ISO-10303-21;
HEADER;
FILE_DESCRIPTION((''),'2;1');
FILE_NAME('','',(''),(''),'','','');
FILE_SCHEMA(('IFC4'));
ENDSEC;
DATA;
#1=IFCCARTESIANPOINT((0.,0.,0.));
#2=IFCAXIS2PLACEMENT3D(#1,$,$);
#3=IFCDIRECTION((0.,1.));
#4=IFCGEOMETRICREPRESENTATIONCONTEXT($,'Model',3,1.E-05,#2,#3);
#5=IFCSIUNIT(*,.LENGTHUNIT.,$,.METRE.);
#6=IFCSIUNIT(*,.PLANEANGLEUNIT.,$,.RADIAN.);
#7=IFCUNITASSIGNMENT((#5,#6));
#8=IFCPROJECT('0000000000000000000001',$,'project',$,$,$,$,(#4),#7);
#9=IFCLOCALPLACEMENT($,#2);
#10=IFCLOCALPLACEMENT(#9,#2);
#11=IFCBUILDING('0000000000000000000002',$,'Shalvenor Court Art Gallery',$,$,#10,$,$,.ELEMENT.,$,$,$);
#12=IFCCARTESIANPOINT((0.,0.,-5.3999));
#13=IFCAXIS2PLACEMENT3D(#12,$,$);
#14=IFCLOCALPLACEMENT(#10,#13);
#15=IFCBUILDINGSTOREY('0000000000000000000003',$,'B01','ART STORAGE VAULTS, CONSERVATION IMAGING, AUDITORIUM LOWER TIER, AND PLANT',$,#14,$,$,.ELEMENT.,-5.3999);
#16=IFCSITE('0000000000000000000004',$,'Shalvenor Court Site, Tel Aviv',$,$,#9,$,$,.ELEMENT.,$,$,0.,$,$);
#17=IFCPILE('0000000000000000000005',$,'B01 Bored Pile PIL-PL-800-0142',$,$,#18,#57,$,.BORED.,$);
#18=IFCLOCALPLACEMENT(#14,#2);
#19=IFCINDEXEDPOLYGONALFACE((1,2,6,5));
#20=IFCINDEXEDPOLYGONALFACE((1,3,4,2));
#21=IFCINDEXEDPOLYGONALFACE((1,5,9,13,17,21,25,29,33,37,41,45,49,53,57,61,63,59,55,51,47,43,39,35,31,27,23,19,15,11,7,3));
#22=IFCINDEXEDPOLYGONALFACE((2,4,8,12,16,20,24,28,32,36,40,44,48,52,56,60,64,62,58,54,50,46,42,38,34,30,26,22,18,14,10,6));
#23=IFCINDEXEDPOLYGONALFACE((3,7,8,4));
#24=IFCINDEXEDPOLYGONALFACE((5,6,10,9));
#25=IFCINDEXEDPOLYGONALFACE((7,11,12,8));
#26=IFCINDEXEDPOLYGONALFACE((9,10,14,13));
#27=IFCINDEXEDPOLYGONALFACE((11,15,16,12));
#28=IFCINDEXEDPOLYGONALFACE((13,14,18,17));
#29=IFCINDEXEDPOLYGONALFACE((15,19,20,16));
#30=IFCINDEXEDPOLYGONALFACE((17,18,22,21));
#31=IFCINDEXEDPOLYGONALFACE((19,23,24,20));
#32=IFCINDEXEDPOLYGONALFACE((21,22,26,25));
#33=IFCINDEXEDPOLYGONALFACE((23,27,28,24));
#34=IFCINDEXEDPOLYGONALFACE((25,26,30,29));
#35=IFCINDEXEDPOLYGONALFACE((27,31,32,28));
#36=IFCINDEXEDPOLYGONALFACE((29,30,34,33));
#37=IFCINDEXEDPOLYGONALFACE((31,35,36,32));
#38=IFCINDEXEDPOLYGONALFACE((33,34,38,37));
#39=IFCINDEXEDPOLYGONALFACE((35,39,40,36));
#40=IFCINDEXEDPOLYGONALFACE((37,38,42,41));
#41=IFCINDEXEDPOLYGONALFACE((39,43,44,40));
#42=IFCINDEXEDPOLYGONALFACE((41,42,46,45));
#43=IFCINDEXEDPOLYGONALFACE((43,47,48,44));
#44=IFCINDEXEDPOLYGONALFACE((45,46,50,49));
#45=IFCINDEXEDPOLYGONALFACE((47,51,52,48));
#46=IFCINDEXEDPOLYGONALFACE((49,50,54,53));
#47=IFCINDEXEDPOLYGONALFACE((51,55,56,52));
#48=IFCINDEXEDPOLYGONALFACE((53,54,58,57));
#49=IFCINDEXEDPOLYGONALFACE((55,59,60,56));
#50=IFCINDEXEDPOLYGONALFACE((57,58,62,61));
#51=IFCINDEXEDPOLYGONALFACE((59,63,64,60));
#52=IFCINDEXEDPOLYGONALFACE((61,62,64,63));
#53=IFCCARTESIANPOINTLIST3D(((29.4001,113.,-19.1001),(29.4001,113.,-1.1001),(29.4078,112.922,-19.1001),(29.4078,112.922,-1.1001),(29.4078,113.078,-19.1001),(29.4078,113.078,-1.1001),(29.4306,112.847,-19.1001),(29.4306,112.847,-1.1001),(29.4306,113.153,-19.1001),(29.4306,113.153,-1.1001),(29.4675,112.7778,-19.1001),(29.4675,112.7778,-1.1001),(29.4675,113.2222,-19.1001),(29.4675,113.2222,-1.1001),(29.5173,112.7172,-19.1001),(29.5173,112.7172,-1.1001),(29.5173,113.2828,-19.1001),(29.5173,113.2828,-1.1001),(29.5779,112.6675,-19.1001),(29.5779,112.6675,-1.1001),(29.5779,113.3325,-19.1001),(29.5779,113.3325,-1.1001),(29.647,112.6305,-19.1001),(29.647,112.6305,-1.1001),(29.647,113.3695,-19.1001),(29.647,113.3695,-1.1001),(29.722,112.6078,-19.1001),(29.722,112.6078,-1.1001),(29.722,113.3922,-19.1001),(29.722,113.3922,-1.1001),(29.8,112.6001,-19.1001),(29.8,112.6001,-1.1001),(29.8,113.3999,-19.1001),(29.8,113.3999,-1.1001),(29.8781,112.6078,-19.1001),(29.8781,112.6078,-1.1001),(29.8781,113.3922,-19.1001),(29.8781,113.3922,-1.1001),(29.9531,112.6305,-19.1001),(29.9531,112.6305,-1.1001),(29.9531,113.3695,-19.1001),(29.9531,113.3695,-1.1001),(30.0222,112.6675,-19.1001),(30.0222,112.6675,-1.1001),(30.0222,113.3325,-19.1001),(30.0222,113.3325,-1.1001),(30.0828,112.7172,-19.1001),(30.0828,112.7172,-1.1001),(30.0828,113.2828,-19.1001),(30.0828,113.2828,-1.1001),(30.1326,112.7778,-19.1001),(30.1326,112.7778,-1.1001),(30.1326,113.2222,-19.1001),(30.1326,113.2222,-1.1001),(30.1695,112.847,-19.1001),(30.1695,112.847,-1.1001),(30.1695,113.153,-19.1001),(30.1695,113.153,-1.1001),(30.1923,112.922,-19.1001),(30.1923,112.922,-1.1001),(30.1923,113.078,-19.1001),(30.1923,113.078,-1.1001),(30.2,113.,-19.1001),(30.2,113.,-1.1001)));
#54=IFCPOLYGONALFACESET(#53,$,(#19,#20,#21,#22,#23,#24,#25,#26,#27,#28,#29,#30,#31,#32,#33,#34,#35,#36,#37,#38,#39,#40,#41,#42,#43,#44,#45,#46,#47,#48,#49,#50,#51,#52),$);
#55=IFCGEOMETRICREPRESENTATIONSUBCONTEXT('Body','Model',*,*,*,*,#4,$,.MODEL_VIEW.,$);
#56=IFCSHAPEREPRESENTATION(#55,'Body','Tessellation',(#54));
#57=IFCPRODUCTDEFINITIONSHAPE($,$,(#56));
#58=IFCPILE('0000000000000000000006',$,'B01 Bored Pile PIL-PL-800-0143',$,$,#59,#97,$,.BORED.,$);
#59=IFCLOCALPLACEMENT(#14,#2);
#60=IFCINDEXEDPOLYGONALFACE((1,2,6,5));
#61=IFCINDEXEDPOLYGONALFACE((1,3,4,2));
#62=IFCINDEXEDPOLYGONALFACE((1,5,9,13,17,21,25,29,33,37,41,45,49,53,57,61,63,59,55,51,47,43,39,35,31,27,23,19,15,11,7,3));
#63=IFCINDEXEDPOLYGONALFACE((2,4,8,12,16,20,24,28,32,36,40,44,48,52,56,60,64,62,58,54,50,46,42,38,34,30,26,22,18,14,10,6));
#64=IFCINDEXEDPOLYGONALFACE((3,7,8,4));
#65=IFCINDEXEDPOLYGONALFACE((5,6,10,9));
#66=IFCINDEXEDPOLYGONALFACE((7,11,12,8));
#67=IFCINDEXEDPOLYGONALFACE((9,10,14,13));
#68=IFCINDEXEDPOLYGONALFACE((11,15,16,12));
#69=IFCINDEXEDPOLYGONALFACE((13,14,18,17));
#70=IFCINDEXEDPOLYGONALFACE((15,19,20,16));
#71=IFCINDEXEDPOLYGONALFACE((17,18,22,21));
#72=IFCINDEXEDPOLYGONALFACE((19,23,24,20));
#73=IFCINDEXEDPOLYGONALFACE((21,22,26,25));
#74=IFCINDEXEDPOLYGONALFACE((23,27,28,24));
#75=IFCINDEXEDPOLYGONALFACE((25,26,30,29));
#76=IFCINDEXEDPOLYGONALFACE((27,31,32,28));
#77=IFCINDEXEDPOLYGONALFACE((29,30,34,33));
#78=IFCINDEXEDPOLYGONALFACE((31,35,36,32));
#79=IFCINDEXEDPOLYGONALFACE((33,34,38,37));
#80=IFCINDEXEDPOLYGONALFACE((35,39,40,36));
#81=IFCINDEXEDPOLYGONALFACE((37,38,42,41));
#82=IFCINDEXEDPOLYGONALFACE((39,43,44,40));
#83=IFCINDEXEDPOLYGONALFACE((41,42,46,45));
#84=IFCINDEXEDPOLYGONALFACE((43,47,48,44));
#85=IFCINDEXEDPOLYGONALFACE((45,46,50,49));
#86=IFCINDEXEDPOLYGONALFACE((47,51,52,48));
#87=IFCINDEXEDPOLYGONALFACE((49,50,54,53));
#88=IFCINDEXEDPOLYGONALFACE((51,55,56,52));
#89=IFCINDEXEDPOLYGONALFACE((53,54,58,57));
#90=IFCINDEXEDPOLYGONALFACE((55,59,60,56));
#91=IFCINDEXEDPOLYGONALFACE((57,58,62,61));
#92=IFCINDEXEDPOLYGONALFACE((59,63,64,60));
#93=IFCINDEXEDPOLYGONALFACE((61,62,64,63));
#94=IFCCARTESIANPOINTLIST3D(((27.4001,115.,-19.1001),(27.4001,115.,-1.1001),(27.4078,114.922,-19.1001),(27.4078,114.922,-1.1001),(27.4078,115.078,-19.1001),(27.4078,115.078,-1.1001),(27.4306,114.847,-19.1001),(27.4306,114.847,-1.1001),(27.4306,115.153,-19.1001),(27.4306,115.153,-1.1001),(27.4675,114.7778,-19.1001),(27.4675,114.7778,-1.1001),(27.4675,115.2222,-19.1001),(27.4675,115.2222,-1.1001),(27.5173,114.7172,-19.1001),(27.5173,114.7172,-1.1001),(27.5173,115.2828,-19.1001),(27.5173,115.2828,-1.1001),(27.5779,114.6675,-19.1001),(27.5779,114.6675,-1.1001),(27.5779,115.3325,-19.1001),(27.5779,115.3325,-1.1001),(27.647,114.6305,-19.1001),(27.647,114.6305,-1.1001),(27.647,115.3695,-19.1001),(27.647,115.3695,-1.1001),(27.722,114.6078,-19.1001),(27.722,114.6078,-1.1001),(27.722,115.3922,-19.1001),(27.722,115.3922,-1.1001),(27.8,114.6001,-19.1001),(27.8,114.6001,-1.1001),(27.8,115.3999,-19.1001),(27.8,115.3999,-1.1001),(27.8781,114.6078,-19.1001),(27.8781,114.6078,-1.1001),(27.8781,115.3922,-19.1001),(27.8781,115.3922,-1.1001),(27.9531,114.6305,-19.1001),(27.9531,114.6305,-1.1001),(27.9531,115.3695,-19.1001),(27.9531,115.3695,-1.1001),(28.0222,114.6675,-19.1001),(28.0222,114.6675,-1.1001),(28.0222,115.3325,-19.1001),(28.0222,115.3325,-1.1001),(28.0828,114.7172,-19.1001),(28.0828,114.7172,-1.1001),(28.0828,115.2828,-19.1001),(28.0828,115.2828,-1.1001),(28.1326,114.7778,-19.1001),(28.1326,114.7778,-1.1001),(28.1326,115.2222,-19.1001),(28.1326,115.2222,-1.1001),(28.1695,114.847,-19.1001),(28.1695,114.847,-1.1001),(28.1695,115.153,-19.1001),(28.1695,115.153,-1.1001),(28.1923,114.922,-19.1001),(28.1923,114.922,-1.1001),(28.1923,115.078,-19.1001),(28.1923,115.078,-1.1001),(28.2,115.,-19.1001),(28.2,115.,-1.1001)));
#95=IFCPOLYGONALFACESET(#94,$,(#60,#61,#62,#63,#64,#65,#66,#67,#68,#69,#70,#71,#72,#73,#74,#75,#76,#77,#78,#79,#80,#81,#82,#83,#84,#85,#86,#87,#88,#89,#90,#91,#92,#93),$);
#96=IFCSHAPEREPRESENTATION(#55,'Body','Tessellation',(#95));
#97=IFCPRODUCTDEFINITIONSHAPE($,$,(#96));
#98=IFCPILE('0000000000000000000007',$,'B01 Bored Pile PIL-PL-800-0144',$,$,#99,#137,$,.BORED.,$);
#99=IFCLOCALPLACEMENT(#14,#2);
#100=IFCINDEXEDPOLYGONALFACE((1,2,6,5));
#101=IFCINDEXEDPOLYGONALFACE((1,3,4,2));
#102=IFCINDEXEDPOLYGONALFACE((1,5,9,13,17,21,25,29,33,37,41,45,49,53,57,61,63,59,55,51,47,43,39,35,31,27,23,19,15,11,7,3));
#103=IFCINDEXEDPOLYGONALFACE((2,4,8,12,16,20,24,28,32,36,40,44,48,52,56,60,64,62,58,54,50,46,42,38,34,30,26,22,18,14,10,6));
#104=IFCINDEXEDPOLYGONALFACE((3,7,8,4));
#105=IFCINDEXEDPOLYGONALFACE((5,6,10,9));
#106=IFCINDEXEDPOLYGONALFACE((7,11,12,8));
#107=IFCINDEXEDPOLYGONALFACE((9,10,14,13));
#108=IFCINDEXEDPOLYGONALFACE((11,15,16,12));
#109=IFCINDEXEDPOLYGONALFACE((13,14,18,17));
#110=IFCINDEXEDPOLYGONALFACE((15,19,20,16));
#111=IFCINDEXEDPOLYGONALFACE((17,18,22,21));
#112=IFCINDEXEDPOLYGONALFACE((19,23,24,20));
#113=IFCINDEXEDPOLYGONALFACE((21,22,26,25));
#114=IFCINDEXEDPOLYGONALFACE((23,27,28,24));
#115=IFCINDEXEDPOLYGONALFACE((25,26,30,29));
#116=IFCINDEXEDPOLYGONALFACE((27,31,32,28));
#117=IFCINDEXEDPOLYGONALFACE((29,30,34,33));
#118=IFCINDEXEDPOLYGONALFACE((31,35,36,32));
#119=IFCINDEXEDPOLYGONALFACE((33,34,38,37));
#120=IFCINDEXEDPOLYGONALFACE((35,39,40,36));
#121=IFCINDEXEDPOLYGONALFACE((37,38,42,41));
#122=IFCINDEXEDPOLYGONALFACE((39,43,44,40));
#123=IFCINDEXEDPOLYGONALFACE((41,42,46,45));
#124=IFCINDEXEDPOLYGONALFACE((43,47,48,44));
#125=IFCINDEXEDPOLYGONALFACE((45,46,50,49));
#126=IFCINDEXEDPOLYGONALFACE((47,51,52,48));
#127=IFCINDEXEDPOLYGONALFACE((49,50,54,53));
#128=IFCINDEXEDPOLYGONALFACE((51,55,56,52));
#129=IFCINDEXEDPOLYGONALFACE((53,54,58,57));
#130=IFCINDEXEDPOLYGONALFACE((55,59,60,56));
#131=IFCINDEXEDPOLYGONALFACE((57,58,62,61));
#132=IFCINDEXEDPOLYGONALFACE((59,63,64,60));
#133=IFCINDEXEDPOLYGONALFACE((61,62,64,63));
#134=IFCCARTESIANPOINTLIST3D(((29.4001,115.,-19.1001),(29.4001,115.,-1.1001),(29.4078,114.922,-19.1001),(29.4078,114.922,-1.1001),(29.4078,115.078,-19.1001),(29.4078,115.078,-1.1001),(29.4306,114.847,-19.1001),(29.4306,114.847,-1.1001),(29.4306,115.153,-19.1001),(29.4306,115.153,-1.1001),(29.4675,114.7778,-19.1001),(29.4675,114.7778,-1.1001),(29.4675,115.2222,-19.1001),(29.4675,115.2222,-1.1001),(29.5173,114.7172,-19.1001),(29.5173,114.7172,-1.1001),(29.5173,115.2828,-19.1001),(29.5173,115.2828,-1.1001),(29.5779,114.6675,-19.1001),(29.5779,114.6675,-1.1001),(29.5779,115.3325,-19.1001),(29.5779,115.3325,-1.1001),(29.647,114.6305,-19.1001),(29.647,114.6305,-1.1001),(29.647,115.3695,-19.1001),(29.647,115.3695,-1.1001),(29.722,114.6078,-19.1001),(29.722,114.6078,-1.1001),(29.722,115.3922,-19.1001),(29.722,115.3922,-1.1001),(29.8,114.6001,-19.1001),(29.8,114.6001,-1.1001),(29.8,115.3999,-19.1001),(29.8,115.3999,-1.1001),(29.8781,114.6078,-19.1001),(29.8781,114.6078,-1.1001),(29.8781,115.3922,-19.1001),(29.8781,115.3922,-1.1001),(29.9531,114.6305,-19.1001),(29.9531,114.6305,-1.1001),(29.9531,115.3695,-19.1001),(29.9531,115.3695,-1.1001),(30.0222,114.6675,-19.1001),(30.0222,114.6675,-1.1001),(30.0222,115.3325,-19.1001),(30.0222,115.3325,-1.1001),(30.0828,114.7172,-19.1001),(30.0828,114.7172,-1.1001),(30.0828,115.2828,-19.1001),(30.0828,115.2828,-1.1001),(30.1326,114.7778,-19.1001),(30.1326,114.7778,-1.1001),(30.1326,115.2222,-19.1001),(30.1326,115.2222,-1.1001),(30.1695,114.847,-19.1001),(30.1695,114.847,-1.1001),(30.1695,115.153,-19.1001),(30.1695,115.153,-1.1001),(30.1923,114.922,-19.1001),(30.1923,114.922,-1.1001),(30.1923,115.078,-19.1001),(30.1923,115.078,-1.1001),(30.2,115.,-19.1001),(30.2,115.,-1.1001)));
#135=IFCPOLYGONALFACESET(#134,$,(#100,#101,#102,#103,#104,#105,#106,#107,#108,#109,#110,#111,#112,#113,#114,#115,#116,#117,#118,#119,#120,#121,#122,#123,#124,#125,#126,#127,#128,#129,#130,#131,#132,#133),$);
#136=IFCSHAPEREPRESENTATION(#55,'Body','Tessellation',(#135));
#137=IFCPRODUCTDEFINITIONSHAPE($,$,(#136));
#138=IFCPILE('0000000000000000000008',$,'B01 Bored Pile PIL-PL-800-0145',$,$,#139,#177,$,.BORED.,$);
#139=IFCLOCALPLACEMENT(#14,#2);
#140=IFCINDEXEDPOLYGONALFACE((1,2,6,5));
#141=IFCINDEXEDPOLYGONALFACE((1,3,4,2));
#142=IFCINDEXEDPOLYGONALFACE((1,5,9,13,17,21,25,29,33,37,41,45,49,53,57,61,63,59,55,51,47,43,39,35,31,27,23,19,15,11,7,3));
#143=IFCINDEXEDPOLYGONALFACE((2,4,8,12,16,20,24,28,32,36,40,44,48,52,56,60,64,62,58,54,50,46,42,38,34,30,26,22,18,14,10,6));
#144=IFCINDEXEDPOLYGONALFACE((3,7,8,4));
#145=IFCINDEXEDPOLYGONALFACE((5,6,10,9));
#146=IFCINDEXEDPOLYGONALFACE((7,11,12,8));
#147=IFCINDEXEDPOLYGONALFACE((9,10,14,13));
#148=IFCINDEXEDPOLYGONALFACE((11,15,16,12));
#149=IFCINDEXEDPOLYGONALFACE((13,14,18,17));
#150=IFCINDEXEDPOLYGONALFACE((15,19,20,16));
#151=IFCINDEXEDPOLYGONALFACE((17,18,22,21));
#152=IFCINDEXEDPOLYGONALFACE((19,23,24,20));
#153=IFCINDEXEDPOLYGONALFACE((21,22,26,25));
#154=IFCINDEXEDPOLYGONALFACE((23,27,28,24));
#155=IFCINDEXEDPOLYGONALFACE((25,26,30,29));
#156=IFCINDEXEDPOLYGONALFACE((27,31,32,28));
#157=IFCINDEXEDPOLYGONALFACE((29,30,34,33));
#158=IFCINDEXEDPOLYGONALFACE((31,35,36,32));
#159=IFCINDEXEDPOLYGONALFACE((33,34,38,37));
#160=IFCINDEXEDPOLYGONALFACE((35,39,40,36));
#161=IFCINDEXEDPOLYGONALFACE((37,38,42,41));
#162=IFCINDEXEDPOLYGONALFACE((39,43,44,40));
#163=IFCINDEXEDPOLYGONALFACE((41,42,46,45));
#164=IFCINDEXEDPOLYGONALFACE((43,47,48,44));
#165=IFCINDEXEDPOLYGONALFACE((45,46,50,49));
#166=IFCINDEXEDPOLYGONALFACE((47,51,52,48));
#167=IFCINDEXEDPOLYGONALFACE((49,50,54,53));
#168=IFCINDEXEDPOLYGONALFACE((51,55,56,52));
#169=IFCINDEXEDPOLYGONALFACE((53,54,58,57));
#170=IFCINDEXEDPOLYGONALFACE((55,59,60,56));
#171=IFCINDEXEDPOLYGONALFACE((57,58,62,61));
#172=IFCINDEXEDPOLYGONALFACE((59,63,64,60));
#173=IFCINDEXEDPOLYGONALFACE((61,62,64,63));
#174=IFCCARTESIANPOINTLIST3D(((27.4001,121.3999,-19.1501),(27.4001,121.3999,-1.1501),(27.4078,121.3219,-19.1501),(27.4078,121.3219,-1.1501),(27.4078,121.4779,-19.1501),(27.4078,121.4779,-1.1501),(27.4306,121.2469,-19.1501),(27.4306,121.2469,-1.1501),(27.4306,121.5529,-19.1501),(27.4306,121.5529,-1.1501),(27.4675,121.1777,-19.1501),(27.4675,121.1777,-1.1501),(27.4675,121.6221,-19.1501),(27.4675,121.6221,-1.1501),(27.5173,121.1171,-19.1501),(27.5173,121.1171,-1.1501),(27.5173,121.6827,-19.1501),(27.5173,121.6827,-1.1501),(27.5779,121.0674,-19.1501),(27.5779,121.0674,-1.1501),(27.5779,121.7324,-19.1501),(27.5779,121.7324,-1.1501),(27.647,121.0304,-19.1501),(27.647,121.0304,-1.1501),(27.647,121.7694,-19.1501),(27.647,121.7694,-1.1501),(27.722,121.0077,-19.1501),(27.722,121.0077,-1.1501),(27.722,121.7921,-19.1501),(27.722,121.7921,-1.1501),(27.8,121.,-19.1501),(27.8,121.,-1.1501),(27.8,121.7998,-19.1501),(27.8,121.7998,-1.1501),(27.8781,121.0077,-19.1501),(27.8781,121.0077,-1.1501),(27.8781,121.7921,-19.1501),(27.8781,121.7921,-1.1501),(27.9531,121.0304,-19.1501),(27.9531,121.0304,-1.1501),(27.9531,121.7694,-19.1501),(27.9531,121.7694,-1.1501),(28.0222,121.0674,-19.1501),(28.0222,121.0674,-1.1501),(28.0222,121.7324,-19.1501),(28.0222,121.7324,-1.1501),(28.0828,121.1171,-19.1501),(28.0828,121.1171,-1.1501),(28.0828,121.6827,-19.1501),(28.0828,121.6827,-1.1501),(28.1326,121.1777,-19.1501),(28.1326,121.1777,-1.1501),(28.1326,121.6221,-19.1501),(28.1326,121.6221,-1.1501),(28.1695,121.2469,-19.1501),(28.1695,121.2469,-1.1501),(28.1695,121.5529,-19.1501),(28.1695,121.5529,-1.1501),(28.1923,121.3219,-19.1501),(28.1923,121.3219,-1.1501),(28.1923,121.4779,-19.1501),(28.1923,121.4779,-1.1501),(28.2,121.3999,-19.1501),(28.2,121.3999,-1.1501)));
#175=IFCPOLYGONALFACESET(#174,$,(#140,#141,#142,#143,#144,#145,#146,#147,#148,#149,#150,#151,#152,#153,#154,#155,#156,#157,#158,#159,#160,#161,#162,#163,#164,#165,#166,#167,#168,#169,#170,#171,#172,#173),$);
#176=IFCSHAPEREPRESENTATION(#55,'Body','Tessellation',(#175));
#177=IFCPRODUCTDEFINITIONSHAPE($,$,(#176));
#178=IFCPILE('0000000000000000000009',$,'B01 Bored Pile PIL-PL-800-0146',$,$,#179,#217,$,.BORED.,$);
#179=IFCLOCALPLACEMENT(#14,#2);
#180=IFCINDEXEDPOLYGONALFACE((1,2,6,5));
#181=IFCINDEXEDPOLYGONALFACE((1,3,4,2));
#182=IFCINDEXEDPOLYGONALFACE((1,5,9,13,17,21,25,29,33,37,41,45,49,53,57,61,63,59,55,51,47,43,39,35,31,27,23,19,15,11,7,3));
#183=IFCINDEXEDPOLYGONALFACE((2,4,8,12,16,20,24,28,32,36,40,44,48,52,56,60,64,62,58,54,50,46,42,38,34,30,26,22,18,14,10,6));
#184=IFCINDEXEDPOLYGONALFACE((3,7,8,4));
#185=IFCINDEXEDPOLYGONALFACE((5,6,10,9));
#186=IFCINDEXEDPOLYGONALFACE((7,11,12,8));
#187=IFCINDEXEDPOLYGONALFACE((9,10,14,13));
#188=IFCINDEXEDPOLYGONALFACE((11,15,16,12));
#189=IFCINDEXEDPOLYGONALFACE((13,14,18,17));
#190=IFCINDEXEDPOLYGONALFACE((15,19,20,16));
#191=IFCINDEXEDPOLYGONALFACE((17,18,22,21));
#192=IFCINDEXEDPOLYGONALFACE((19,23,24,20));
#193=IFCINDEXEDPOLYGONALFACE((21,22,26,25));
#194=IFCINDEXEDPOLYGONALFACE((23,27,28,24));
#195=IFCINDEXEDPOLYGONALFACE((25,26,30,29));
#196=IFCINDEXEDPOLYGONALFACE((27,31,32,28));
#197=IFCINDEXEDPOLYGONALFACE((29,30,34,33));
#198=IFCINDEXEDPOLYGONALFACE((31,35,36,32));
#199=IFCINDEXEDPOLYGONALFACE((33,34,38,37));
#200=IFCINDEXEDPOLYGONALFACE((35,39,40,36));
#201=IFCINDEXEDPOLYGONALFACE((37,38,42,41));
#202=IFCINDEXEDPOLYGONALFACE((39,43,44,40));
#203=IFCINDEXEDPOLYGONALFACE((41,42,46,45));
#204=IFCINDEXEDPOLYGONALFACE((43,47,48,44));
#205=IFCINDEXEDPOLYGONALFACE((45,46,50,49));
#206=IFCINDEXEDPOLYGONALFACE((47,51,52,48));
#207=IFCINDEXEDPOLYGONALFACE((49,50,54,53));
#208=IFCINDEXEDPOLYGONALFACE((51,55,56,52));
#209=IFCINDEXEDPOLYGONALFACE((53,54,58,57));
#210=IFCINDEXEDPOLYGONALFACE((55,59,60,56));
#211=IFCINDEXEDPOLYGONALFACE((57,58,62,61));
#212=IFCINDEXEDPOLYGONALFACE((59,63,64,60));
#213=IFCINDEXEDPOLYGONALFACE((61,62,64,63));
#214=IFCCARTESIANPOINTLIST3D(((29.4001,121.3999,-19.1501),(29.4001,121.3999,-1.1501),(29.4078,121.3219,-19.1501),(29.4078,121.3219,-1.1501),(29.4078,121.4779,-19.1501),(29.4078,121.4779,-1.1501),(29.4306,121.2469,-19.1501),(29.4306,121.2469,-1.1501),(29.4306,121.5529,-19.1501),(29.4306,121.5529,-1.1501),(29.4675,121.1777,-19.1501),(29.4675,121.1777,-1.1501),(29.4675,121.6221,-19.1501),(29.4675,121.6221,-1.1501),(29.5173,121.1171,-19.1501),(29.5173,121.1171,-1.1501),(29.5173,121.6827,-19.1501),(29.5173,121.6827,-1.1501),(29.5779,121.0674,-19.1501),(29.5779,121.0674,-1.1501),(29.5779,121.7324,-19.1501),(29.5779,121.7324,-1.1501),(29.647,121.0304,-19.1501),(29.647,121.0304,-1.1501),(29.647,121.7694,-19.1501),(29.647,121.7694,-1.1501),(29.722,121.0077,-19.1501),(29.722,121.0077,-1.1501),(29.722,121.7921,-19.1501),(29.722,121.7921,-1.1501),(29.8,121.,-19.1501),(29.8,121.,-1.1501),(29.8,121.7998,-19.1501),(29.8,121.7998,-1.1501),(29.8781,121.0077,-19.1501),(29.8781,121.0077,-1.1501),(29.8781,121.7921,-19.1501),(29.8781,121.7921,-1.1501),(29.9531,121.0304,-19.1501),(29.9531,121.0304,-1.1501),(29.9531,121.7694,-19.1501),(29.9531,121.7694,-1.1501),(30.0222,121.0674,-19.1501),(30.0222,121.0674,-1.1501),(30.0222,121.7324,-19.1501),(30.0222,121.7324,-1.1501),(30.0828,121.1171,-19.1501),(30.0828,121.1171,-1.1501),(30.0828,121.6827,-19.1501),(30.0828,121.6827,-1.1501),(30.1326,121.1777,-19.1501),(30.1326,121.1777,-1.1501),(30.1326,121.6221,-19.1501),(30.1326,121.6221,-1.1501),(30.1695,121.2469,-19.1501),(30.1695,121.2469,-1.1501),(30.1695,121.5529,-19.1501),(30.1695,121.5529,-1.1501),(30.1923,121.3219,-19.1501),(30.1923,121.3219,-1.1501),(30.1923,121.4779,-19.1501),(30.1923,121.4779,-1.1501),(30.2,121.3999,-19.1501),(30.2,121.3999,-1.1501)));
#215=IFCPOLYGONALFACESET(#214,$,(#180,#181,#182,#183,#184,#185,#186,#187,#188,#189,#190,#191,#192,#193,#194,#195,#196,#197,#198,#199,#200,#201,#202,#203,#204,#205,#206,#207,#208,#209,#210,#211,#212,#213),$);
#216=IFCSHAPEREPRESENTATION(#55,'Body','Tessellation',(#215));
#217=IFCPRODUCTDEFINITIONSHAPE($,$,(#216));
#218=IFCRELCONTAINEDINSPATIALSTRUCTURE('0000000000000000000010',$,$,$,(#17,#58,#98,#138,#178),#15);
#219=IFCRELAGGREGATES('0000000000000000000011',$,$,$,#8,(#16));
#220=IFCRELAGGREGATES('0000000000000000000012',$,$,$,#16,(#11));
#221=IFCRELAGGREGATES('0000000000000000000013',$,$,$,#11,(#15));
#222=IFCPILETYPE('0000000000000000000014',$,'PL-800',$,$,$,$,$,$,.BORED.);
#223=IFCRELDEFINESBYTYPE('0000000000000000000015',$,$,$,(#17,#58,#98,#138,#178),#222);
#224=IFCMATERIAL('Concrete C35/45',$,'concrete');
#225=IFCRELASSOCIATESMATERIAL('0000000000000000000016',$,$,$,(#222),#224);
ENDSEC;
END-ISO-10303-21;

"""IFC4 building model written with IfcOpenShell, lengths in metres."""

from ifc_helpers import new_model, si_unit, direction, frame, origin, origin_2d, place, context, subcontext, project, spatial, circle, extrude, material, material_profile, profile_set, type_object, element, save


model = new_model("IFC4")

# Units and contexts
model_context = context("Model", 3, precision=1e-05, world=origin(), true_north=direction((0.0, 1.0)))
body_context = subcontext(model_context, "Body", "Model", "MODEL_VIEW")
ifc_project = project(units=[si_unit("LENGTHUNIT", "METRE"), si_unit("PLANEANGLEUNIT", "RADIAN")], contexts=[model_context])

# Site, building, storey
site_placement = place(None, origin())
site = spatial("IfcSite", under=ifc_project, at=site_placement, Name="Shalvenor Court Site, Tel Aviv", CompositionType="ELEMENT", RefElevation=0.0)
building_placement = place(site_placement, origin())
building = spatial("IfcBuilding", under=site, at=building_placement, Name="Shalvenor Court Art Gallery", CompositionType="ELEMENT")
storey_placement = place(building_placement, frame((0.0, 0.0, -5.3999)))
storey = spatial("IfcBuildingStorey", under=building, at=storey_placement, Name="B01", Description="ART STORAGE VAULTS, CONSERVATION IMAGING, AUDITORIUM LOWER TIER, AND PLANT", CompositionType="ELEMENT", Elevation=-5.3999)

# Piles
ifc_material_1 = material(Name="Concrete C35/45", Category="concrete")
ifc_material_profile_1 = material_profile(ifc_material_1, circle(Radius=0.3999, at=origin_2d()), Name="PILE 800")
ifc_profile_set_1 = profile_set([ifc_material_profile_1], Name="Concrete C35/45")
pile_type_1 = type_object("IfcPileType", Name="PL-800", PredefinedType="BORED", material=ifc_profile_set_1)
for number, where, z_axis, x_axis, name in (
    (1, (29.8, 113.0, -1.1001), (0.0, 0.0, -1.0), (1.0, 0.0, 0.0), "B01 Bored Pile PIL-PL-800-0142"),
    (2, (27.8, 115.0, -1.1001), (0.0, 0.0, -1.0), (1.0, 0.0, 0.0), "B01 Bored Pile PIL-PL-800-0143"),
    (3, (29.8, 115.0, -1.1001), (0.0, 0.0, -1.0), (1.0, 0.0, 0.0), "B01 Bored Pile PIL-PL-800-0144"),
    (4, (27.8, 121.3999, -1.1501), (0.0, 0.0, -1.0), (1.0, 0.0, 0.0), "B01 Bored Pile PIL-PL-800-0145"),
    (5, (29.8, 121.3999, -1.1501), (0.0, 0.0, -1.0), (1.0, 0.0, 0.0), "B01 Bored Pile PIL-PL-800-0146"),
):
    element("IfcPile", number, at=place(storey_placement, frame(where, z_axis=z_axis, x_axis=x_axis)), inside=storey, type_object=pile_type_1, Name=name, PredefinedType="BORED", context=body_context, shape_type="SweptSolid", body=[
        extrude(circle(Radius=0.3999, at=origin_2d()), origin(), (0.0, 0.0, 1.0), 18.0),
    ])

save(model, "model.ifc")
